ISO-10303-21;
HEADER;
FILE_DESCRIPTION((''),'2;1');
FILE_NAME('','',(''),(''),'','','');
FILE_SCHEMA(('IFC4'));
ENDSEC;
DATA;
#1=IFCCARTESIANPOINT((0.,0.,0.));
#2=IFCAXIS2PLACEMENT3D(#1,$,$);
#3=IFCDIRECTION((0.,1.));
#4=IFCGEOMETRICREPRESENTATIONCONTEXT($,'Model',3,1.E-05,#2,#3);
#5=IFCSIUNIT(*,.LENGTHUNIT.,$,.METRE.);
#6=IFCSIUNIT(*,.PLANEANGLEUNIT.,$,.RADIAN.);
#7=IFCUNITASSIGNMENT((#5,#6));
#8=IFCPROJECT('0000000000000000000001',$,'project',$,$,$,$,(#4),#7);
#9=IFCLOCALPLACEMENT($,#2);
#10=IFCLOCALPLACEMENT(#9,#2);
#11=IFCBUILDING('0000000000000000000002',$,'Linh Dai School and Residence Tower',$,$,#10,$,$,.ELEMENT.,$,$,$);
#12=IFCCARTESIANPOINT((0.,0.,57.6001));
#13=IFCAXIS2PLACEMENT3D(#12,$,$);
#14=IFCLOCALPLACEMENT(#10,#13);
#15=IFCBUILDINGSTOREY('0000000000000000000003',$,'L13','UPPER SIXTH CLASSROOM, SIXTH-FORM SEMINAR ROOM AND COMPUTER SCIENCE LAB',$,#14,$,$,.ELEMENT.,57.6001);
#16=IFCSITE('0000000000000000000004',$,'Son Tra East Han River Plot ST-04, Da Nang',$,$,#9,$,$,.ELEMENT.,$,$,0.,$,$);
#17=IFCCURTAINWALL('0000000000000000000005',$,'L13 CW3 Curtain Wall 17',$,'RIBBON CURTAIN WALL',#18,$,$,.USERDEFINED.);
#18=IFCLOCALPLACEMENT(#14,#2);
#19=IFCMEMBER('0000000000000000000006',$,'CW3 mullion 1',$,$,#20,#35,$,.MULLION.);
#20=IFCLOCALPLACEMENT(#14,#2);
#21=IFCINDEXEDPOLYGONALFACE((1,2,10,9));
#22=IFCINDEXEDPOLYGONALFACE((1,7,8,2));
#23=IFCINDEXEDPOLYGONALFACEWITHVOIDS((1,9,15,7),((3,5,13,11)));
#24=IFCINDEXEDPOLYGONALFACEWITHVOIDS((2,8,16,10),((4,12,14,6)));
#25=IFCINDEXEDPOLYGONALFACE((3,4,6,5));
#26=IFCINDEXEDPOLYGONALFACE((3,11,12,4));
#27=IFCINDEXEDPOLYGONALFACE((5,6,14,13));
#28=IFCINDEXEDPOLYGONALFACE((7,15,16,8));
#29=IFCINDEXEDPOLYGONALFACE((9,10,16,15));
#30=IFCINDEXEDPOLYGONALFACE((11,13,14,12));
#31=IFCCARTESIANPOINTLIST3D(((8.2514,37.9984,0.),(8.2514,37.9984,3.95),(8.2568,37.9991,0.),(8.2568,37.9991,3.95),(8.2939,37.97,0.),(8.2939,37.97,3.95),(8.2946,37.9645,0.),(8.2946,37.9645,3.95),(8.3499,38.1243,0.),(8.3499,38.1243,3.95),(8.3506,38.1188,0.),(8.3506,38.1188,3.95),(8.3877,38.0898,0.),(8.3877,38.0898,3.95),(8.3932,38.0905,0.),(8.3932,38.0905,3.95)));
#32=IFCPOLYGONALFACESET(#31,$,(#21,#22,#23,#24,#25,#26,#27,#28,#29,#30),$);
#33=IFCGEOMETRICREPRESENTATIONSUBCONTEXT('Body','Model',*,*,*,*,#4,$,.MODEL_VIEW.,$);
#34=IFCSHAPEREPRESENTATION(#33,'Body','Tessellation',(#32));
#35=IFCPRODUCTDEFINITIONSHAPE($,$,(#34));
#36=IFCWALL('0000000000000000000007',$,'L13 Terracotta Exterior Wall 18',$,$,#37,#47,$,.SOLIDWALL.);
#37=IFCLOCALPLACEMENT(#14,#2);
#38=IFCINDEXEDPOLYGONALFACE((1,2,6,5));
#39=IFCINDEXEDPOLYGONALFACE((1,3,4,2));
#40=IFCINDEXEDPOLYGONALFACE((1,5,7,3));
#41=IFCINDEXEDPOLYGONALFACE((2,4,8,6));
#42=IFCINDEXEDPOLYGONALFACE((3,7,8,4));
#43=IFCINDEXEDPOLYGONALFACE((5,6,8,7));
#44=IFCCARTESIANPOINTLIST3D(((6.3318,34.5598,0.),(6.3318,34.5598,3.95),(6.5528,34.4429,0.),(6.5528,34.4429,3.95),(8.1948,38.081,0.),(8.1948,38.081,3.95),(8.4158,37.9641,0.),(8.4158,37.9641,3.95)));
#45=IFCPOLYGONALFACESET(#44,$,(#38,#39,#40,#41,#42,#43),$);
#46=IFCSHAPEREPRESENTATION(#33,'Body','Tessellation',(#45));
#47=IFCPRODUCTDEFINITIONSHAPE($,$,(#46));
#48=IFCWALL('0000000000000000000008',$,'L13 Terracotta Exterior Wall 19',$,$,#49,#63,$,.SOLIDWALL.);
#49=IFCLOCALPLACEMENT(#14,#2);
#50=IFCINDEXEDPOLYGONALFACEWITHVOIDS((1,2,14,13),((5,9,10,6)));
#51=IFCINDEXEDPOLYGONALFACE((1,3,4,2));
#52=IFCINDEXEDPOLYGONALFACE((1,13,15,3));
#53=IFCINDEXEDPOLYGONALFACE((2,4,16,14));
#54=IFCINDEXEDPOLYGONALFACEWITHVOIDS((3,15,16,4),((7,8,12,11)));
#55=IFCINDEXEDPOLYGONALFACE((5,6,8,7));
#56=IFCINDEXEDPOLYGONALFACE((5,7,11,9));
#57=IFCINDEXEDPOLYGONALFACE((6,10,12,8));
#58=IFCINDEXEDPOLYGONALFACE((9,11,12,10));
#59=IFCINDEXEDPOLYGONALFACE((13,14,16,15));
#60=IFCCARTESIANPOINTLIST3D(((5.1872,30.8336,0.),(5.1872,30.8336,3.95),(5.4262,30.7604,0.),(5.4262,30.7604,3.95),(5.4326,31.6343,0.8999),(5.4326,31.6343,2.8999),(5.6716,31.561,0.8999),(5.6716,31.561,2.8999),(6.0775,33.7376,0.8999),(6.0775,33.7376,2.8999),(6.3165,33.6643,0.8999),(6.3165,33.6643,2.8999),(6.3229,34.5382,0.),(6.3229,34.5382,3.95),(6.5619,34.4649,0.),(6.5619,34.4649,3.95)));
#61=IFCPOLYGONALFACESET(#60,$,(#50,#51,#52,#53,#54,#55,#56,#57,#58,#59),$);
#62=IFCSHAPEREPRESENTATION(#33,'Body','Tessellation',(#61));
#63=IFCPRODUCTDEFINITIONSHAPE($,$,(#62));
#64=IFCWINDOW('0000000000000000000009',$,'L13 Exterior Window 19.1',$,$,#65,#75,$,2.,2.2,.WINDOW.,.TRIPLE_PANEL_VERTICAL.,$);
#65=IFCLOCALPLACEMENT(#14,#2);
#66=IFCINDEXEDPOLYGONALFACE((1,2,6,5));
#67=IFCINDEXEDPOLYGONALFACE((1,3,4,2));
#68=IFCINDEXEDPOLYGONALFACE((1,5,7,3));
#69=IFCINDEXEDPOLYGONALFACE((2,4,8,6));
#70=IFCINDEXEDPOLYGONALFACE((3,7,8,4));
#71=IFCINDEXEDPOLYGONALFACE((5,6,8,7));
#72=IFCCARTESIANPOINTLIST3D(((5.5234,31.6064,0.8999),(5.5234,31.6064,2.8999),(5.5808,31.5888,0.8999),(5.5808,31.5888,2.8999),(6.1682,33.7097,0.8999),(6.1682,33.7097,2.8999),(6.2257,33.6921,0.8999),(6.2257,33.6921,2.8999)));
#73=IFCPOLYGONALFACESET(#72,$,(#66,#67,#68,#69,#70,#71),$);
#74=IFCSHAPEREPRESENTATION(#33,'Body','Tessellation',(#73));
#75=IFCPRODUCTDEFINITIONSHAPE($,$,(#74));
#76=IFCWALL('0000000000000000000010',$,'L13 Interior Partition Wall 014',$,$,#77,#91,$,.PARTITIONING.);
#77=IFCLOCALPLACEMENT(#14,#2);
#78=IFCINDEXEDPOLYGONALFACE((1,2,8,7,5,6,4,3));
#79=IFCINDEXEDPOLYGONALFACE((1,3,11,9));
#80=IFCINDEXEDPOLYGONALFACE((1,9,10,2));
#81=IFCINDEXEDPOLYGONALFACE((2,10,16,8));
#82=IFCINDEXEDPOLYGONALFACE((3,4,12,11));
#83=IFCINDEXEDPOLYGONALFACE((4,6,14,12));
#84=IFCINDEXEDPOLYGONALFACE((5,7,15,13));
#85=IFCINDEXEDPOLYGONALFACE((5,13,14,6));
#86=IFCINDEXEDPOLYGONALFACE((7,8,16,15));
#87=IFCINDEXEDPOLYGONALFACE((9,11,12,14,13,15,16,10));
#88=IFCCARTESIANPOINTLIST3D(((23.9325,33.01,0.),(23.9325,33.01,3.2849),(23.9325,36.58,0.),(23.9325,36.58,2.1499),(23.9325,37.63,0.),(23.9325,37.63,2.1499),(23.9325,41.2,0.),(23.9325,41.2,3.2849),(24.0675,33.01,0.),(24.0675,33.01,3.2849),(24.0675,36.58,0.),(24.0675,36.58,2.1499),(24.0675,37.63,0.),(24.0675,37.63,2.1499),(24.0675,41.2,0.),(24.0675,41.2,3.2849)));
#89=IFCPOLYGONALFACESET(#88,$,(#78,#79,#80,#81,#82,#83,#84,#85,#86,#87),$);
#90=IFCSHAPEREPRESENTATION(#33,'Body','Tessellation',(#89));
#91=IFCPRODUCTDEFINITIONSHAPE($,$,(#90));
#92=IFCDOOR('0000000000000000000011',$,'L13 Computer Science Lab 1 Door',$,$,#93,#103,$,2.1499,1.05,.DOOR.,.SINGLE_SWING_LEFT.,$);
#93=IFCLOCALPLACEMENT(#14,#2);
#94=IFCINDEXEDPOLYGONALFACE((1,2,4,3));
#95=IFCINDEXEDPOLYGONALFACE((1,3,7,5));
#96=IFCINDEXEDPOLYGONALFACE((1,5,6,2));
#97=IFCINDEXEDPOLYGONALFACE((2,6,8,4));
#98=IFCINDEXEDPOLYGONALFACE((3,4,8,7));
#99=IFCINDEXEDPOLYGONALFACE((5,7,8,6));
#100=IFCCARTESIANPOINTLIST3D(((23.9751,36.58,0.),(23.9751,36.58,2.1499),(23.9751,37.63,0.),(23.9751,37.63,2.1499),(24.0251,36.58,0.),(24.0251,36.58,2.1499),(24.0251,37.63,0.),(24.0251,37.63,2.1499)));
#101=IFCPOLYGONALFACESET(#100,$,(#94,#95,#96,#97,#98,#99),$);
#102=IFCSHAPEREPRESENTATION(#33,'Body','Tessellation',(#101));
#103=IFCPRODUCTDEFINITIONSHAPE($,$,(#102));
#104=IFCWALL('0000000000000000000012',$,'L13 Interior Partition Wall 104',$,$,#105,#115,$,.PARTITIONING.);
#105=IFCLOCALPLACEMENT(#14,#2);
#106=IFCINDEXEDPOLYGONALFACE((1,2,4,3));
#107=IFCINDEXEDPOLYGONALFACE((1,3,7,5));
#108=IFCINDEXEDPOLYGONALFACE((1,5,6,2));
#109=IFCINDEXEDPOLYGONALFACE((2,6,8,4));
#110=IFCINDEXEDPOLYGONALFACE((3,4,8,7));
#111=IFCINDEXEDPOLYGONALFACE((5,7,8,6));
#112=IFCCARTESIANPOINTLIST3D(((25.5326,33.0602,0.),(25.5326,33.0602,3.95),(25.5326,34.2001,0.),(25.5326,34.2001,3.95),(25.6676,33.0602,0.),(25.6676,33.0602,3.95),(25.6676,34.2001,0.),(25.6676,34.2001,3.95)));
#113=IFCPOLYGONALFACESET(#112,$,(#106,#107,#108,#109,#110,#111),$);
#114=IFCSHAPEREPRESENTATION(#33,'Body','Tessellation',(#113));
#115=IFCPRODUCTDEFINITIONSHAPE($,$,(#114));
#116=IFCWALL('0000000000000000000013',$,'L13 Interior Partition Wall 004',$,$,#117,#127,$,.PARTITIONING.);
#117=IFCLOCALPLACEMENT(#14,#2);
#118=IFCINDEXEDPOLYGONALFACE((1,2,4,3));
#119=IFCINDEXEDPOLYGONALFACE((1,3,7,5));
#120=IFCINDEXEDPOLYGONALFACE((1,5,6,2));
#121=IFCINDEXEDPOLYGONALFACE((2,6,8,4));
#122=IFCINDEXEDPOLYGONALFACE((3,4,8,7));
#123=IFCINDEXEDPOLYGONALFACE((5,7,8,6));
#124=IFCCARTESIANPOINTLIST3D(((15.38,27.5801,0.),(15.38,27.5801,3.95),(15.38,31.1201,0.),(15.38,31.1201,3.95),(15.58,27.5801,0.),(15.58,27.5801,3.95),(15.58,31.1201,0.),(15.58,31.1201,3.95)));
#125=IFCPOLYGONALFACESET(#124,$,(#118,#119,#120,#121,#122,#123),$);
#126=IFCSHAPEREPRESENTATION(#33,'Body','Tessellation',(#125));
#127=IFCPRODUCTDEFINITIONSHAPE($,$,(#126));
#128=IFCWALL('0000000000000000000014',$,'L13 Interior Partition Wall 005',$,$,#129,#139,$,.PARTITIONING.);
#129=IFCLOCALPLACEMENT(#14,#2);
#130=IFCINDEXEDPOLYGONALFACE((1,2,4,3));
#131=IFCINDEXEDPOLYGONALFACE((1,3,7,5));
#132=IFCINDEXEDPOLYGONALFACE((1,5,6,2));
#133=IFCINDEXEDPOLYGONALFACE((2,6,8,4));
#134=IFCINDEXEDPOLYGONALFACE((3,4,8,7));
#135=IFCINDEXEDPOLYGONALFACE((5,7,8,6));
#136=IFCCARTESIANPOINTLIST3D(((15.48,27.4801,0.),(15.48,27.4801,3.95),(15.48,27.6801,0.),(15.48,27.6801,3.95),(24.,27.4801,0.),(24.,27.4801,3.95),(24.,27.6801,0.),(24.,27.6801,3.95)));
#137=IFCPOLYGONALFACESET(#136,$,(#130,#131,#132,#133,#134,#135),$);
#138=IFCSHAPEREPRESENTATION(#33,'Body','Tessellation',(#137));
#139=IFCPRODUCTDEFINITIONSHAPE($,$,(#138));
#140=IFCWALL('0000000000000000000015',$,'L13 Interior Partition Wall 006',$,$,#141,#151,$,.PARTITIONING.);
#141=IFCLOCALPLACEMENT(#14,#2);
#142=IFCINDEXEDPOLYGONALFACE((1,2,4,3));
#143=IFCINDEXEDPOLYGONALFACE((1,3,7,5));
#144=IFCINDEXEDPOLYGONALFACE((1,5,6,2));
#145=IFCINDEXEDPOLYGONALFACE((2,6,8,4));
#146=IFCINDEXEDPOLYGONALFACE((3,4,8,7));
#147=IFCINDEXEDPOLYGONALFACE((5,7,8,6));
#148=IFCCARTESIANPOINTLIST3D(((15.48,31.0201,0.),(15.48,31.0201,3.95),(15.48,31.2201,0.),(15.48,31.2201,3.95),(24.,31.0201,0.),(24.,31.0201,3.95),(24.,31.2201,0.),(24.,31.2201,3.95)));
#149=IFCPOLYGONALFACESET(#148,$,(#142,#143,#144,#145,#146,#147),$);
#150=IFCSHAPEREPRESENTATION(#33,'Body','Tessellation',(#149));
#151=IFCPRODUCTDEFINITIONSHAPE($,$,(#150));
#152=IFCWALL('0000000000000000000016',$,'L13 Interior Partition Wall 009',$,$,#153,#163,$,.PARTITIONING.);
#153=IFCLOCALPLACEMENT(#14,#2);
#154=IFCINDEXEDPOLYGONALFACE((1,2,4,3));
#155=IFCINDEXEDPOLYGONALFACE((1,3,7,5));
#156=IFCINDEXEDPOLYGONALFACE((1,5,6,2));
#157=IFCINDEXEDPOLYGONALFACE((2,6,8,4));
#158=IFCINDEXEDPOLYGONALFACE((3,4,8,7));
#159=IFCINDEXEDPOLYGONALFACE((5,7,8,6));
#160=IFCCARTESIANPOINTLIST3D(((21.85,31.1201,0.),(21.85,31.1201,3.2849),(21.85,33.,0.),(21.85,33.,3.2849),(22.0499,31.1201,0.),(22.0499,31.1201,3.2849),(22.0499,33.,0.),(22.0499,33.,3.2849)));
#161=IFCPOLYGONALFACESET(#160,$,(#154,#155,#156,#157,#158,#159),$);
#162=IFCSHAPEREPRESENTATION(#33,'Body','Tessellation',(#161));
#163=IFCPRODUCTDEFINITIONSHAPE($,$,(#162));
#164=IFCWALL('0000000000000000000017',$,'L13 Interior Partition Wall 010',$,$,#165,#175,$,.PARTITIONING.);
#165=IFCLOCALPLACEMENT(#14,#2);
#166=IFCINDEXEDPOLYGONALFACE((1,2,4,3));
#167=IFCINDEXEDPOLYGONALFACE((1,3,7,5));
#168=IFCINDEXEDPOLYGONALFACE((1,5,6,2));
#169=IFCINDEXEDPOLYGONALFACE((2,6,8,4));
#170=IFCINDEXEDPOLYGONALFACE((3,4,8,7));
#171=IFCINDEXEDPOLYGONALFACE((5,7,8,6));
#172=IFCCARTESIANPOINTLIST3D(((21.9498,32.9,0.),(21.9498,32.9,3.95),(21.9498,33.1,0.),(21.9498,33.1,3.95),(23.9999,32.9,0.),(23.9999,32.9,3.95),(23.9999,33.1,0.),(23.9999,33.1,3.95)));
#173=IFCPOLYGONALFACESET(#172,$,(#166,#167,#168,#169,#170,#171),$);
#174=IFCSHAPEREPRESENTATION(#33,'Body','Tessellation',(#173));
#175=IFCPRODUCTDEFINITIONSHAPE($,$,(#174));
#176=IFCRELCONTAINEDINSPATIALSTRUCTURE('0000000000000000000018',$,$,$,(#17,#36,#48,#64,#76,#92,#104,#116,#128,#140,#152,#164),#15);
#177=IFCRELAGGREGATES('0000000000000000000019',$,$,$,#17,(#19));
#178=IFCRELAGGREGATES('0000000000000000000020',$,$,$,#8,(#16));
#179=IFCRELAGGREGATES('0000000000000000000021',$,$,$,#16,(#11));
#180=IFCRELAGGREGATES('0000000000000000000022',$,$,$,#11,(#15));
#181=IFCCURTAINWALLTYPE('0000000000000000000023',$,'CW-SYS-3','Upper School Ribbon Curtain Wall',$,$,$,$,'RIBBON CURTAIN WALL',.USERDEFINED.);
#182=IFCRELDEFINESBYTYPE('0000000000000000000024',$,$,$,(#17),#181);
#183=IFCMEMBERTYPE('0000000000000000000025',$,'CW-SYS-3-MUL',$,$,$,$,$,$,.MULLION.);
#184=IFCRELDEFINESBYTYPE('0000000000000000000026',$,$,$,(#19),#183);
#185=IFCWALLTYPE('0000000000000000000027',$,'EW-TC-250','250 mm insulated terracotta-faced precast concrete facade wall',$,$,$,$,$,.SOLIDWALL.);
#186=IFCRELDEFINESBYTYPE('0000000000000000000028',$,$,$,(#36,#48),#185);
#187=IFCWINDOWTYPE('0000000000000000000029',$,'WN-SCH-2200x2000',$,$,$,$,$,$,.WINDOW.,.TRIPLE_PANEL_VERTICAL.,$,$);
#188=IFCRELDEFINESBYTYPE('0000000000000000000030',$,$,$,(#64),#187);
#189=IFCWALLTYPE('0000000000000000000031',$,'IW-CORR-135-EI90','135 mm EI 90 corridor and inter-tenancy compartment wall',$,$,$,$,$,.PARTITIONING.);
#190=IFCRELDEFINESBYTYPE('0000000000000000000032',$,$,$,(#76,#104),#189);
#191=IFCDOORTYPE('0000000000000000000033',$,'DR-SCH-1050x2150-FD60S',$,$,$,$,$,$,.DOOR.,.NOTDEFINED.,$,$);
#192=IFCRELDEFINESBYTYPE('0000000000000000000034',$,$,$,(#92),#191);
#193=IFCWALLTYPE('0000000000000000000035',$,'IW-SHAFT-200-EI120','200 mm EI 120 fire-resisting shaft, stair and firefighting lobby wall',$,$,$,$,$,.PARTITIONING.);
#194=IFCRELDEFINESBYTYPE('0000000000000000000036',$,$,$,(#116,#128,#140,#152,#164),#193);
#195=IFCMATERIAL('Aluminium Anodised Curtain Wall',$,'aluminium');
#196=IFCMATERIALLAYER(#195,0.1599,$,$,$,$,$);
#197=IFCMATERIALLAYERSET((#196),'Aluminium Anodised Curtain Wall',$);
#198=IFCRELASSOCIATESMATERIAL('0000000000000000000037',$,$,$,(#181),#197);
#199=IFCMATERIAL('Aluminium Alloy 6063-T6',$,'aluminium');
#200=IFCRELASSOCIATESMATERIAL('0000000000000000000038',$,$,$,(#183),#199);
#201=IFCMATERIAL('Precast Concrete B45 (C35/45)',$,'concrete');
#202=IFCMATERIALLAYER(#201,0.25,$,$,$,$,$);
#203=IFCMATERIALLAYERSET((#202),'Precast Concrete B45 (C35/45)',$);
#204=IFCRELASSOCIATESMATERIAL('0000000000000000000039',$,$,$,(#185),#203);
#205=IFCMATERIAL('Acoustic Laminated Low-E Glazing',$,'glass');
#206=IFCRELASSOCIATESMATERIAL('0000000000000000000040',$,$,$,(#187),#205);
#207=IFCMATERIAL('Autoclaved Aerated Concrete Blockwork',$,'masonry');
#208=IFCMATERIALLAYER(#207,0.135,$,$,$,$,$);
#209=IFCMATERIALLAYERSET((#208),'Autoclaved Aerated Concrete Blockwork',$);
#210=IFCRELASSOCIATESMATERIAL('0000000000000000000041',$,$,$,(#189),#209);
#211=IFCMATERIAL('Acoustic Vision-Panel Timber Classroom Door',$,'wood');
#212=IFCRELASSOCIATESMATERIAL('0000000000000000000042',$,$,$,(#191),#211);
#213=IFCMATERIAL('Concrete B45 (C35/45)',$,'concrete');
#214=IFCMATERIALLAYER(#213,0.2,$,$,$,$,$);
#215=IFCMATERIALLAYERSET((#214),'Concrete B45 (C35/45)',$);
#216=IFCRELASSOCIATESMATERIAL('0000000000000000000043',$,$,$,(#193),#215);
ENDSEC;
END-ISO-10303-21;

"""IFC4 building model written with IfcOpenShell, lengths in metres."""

from ifc_helpers import new_model, si_unit, direction, frame, frame_2d, origin, origin_2d, place, context, subcontext, project, spatial, rectangle, hollow_rectangle, extrude, source, transform, mapped, material, layer, layer_set, material_profile, profile_set, type_object, element, fill, aggregate, save


model = new_model("IFC4")

# Units and contexts
model_context = context("Model", 3, precision=1e-05, world=origin(), true_north=direction((0.0, 1.0)))
body_context = subcontext(model_context, "Body", "Model", "MODEL_VIEW")
ifc_project = project(units=[si_unit("LENGTHUNIT", "METRE"), si_unit("PLANEANGLEUNIT", "RADIAN")], contexts=[model_context])

# Site, building, storey
site_placement = place(None, origin())
site = spatial("IfcSite", under=ifc_project, at=site_placement, Name="Son Tra East Han River Plot ST-04, Da Nang", CompositionType="ELEMENT", RefElevation=0.0)
building_placement = place(site_placement, origin())
building = spatial("IfcBuilding", under=site, at=building_placement, Name="Linh Dai School and Residence Tower", CompositionType="ELEMENT")
storey_placement = place(building_placement, frame((0.0, 0.0, 57.6001)))
storey = spatial("IfcBuildingStorey", under=building, at=storey_placement, Name="L13", Description="UPPER SIXTH CLASSROOM, SIXTH-FORM SEMINAR ROOM AND COMPUTER SCIENCE LAB", CompositionType="ELEMENT", Elevation=57.6001)

# Curtain wall, member
ifc_material_1 = material(Name="Aluminium Anodised Curtain Wall", Category="aluminium")
ifc_layer_1 = layer(ifc_material_1, 0.1599)
ifc_layer_set_1 = layer_set([ifc_layer_1], Name="Aluminium Anodised Curtain Wall")
curtain_wall_type = type_object("IfcCurtainWallType", Name="CW-SYS-3", Description="Upper School Ribbon Curtain Wall", ElementType="RIBBON CURTAIN WALL", PredefinedType="USERDEFINED", material=ifc_layer_set_1)
curtain_wall_placement = place(storey_placement, origin())
curtain_wall = element("IfcCurtainWall", 1, at=curtain_wall_placement, inside=storey, type_object=curtain_wall_type, Name="L13 CW3 Curtain Wall 17", ObjectType="RIBBON CURTAIN WALL", PredefinedType="USERDEFINED")
ifc_material_2 = material(Name="Aluminium Alloy 6063-T6", Category="aluminium")
ifc_material_profile_1 = material_profile(ifc_material_2, hollow_rectangle(XDim=0.0549, YDim=0.1599, WallThickness=0.0039, at=origin_2d()), Name="RHS 160x55x4")
ifc_profile_set_1 = profile_set([ifc_material_profile_1], Name="Aluminium Alloy 6063-T6")
member_type_1 = type_object("IfcMemberType", Name="CW-SYS-3-MUL", PredefinedType="MULLION", material=ifc_profile_set_1)
shared_shape_1 = source(origin(), body_context, "Body", "SweptSolid", [
    extrude(hollow_rectangle(XDim=0.0549, YDim=0.1599, WallThickness=0.0039, at=origin_2d()), origin(), (0.0, 0.0, 1.0), 3.95),
])
member_1_placement = place(storey_placement, frame((8.3223, 38.0444, 0.0), z_axis=(0.0, 0.0, 1.0), x_axis=(-0.787496, 0.616319, 0.0)))
member_1 = element("IfcMember", 2, at=member_1_placement, type_object=member_type_1, Name="CW3 mullion 1", PredefinedType="MULLION", context=body_context, shape_type="MappedRepresentation", body=[
    mapped(shared_shape_1, transform((0.0, 0.0, 0.0), x_axis=(1.0, 0.0, 0.0), y_axis=(0.0, 1.0, 0.0), z_axis=(0.0, 0.0, 1.0), scale=1.0)),
])
aggregate(curtain_wall, [member_1])

# Wall
ifc_material_3 = material(Name="Precast Concrete B45 (C35/45)", Category="concrete")
ifc_layer_2 = layer(ifc_material_3, 0.25)
ifc_layer_set_2 = layer_set([ifc_layer_2], Name="Precast Concrete B45 (C35/45)")
wall_type_1 = type_object("IfcWallType", Name="EW-TC-250", Description="250 mm insulated terracotta-faced precast concrete facade wall", PredefinedType="SOLIDWALL", material=ifc_layer_set_2)
wall_1_placement = place(storey_placement, frame((6.4424, 34.5015, 0.0), z_axis=(0.0, 0.0, 1.0), x_axis=(0.467662, 0.883907, 0.0)))
element("IfcWall", 3, at=wall_1_placement, inside=storey, type_object=wall_type_1, Name="L13 Terracotta Exterior Wall 18", PredefinedType="SOLIDWALL", context=body_context, shape_type="SweptSolid", body=[
    extrude(rectangle(XDim=3.9836, YDim=0.25, at=frame_2d((1.9917, 0.0))), origin(), (0.0, 0.0, 1.0), 3.95),
])

# Wall, opening, window
wall_2_placement = place(storey_placement, frame((5.3066, 30.7969, 0.0), z_axis=(0.0, 0.0, 1.0), x_axis=(0.293112, 0.956078, 0.0)))
wall_2 = element("IfcWall", 4, at=wall_2_placement, inside=storey, type_object=wall_type_1, Name="L13 Terracotta Exterior Wall 19", PredefinedType="SOLIDWALL", context=body_context, shape_type="SweptSolid", body=[
    extrude(rectangle(XDim=3.8748, YDim=0.25, at=frame_2d((1.9375, 0.0))), origin(), (0.0, 0.0, 1.0), 3.95),
])
opening_1_placement = place(wall_2_placement, frame((0.8374, 0.0, 0.8999)))
opening_1 = element("IfcOpeningElement", 5, at=opening_1_placement, cuts=wall_2, PredefinedType="OPENING", context=body_context, shape_type="SweptSolid", body=[
    extrude(rectangle(XDim=2.2, YDim=2.0, at=origin_2d()), frame((1.1001, 0.135, 1.0), z_axis=(0.0, -1.0, 0.0), x_axis=(1.0, 0.0, 0.0)), (0.0, 0.0, 1.0), 0.27),
])
ifc_material_4 = material(Name="Acoustic Laminated Low-E Glazing", Category="glass")
window_type = type_object("IfcWindowType", Name="WN-SCH-2200x2000", PartitioningType="TRIPLE_PANEL_VERTICAL", PredefinedType="WINDOW", material=ifc_material_4)
shared_shape_2 = source(origin(), body_context, "Body", "SweptSolid", [
    extrude(rectangle(XDim=2.2, YDim=2.0, at=origin_2d()), frame((1.1001, 0.03, 1.0), z_axis=(0.0, -1.0, 0.0), x_axis=(1.0, 0.0, 0.0)), (0.0, 0.0, 1.0), 0.0601),
])
window_placement = place(opening_1_placement, origin())
window = element("IfcWindow", 6, at=window_placement, inside=storey, type_object=window_type, Name="L13 Exterior Window 19.1", OverallHeight=2.0, OverallWidth=2.2, PartitioningType="TRIPLE_PANEL_VERTICAL", PredefinedType="WINDOW", context=body_context, shape_type="MappedRepresentation", body=[
    mapped(shared_shape_2, transform((0.0, 0.0, 0.0), x_axis=(1.0, 0.0, 0.0), y_axis=(0.0, 1.0, 0.0), z_axis=(0.0, 0.0, 1.0), scale=1.0)),
])
fill(opening_1, window)

# Wall, opening, door
ifc_material_5 = material(Name="Autoclaved Aerated Concrete Blockwork", Category="masonry")
ifc_layer_3 = layer(ifc_material_5, 0.135)
ifc_layer_set_3 = layer_set([ifc_layer_3], Name="Autoclaved Aerated Concrete Blockwork")
wall_type_2 = type_object("IfcWallType", Name="IW-CORR-135-EI90", Description="135 mm EI 90 corridor and inter-tenancy compartment wall", PredefinedType="PARTITIONING", material=ifc_layer_set_3)
wall_3_placement = place(storey_placement, frame((24.0, 33.01, 0.0), z_axis=(0.0, 0.0, 1.0), x_axis=(0.0, 1.0, 0.0)))
wall_3 = element("IfcWall", 7, at=wall_3_placement, inside=storey, type_object=wall_type_2, Name="L13 Interior Partition Wall 014", PredefinedType="PARTITIONING", context=body_context, shape_type="SweptSolid", body=[
    extrude(rectangle(XDim=8.1899, YDim=0.135, at=frame_2d((4.095, 0.0))), origin(), (0.0, 0.0, 1.0), 3.2849),
])
opening_2_placement = place(wall_3_placement, frame((3.5701, 0.0, 0.0)))
opening_2 = element("IfcOpeningElement", 8, at=opening_2_placement, cuts=wall_3, PredefinedType="OPENING", context=body_context, shape_type="SweptSolid", body=[
    extrude(rectangle(XDim=1.05, YDim=2.1499, at=origin_2d()), frame((0.5249, 0.0776, 1.075), z_axis=(0.0, -1.0, 0.0), x_axis=(1.0, 0.0, 0.0)), (0.0, 0.0, 1.0), 0.155),
])
ifc_material_6 = material(Name="Acoustic Vision-Panel Timber Classroom Door", Category="wood")
door_type_1 = type_object("IfcDoorType", Name="DR-SCH-1050x2150-FD60S", OperationType="NOTDEFINED", PredefinedType="DOOR", material=ifc_material_6)
shared_shape_3 = source(origin(), body_context, "Body", "SweptSolid", [
    extrude(rectangle(XDim=1.05, YDim=2.1499, at=origin_2d()), frame((0.5249, 0.0249, 1.075), z_axis=(0.0, -1.0, 0.0), x_axis=(1.0, 0.0, 0.0)), (0.0, 0.0, 1.0), 0.05),
])
door_1_placement = place(opening_2_placement, origin())
door_1 = element("IfcDoor", 9, at=door_1_placement, inside=storey, type_object=door_type_1, Name="L13 Computer Science Lab 1 Door", OperationType="SINGLE_SWING_LEFT", OverallHeight=2.1499, OverallWidth=1.05, PredefinedType="DOOR", context=body_context, shape_type="MappedRepresentation", body=[
    mapped(shared_shape_3, transform((0.0, 0.0, 0.0), x_axis=(1.0, 0.0, 0.0), y_axis=(0.0, 1.0, 0.0), z_axis=(0.0, 0.0, 1.0), scale=1.0)),
])
fill(opening_2, door_1)

# Walls
wall_4_placement = place(storey_placement, frame((25.6001, 34.2, 0.0), z_axis=(0.0, 0.0, 1.0), x_axis=(0.0, -1.0, 0.0)))
element("IfcWall", 10, at=wall_4_placement, inside=storey, type_object=wall_type_2, Name="L13 Interior Partition Wall 104", PredefinedType="PARTITIONING", context=body_context, shape_type="SweptSolid", body=[
    extrude(rectangle(XDim=1.1399, YDim=0.135, at=frame_2d((0.5698, 0.0))), origin(), (0.0, 0.0, 1.0), 3.95),
])
ifc_material_7 = material(Name="Concrete B45 (C35/45)", Category="concrete")
ifc_layer_4 = layer(ifc_material_7, 0.2)
ifc_layer_set_4 = layer_set([ifc_layer_4], Name="Concrete B45 (C35/45)")
wall_type_3 = type_object("IfcWallType", Name="IW-SHAFT-200-EI120", Description="200 mm EI 120 fire-resisting shaft, stair and firefighting lobby wall", PredefinedType="PARTITIONING", material=ifc_layer_set_4)
wall_5_placement = place(storey_placement, frame((15.48, 27.5801, 0.0), z_axis=(0.0, 0.0, 1.0), x_axis=(0.0, 1.0, 0.0)))
element("IfcWall", 11, at=wall_5_placement, inside=storey, type_object=wall_type_3, Name="L13 Interior Partition Wall 004", PredefinedType="PARTITIONING", context=body_context, shape_type="SweptSolid", body=[
    extrude(rectangle(XDim=3.54, YDim=0.2, at=frame_2d((1.77, 0.0))), origin(), (0.0, 0.0, 1.0), 3.95),
])
for number, where, z_axis, x_axis, name in (
    (12, (15.48, 27.5801, 0.0), (0.0, 0.0, 1.0), (1.0, 0.0, 0.0), "L13 Interior Partition Wall 005"),
    (13, (15.48, 31.1201, 0.0), (0.0, 0.0, 1.0), (1.0, 0.0, 0.0), "L13 Interior Partition Wall 006"),
):
    element("IfcWall", number, at=place(storey_placement, frame(where, z_axis=z_axis, x_axis=x_axis)), inside=storey, type_object=wall_type_3, Name=name, PredefinedType="PARTITIONING", context=body_context, shape_type="SweptSolid", body=[
        extrude(rectangle(XDim=8.52, YDim=0.2, at=frame_2d((4.26, 0.0))), origin(), (0.0, 0.0, 1.0), 3.95),
    ])
wall_6_placement = place(storey_placement, frame((21.95, 31.1201, 0.0), z_axis=(0.0, 0.0, 1.0), x_axis=(0.0, 1.0, 0.0)))
element("IfcWall", 14, at=wall_6_placement, inside=storey, type_object=wall_type_3, Name="L13 Interior Partition Wall 009", PredefinedType="PARTITIONING", context=body_context, shape_type="SweptSolid", body=[
    extrude(rectangle(XDim=1.8799, YDim=0.2, at=frame_2d((0.9399, 0.0))), origin(), (0.0, 0.0, 1.0), 3.2849),
])
wall_7_placement = place(storey_placement, frame((21.95, 33.0, 0.0), z_axis=(0.0, 0.0, 1.0), x_axis=(1.0, 0.0, 0.0)))
element("IfcWall", 15, at=wall_7_placement, inside=storey, type_object=wall_type_3, Name="L13 Interior Partition Wall 010", PredefinedType="PARTITIONING", context=body_context, shape_type="SweptSolid", body=[
    extrude(rectangle(XDim=2.05, YDim=0.2, at=frame_2d((1.0249, 0.0))), origin(), (0.0, 0.0, 1.0), 3.95),
])

save(model, "model.ifc")
